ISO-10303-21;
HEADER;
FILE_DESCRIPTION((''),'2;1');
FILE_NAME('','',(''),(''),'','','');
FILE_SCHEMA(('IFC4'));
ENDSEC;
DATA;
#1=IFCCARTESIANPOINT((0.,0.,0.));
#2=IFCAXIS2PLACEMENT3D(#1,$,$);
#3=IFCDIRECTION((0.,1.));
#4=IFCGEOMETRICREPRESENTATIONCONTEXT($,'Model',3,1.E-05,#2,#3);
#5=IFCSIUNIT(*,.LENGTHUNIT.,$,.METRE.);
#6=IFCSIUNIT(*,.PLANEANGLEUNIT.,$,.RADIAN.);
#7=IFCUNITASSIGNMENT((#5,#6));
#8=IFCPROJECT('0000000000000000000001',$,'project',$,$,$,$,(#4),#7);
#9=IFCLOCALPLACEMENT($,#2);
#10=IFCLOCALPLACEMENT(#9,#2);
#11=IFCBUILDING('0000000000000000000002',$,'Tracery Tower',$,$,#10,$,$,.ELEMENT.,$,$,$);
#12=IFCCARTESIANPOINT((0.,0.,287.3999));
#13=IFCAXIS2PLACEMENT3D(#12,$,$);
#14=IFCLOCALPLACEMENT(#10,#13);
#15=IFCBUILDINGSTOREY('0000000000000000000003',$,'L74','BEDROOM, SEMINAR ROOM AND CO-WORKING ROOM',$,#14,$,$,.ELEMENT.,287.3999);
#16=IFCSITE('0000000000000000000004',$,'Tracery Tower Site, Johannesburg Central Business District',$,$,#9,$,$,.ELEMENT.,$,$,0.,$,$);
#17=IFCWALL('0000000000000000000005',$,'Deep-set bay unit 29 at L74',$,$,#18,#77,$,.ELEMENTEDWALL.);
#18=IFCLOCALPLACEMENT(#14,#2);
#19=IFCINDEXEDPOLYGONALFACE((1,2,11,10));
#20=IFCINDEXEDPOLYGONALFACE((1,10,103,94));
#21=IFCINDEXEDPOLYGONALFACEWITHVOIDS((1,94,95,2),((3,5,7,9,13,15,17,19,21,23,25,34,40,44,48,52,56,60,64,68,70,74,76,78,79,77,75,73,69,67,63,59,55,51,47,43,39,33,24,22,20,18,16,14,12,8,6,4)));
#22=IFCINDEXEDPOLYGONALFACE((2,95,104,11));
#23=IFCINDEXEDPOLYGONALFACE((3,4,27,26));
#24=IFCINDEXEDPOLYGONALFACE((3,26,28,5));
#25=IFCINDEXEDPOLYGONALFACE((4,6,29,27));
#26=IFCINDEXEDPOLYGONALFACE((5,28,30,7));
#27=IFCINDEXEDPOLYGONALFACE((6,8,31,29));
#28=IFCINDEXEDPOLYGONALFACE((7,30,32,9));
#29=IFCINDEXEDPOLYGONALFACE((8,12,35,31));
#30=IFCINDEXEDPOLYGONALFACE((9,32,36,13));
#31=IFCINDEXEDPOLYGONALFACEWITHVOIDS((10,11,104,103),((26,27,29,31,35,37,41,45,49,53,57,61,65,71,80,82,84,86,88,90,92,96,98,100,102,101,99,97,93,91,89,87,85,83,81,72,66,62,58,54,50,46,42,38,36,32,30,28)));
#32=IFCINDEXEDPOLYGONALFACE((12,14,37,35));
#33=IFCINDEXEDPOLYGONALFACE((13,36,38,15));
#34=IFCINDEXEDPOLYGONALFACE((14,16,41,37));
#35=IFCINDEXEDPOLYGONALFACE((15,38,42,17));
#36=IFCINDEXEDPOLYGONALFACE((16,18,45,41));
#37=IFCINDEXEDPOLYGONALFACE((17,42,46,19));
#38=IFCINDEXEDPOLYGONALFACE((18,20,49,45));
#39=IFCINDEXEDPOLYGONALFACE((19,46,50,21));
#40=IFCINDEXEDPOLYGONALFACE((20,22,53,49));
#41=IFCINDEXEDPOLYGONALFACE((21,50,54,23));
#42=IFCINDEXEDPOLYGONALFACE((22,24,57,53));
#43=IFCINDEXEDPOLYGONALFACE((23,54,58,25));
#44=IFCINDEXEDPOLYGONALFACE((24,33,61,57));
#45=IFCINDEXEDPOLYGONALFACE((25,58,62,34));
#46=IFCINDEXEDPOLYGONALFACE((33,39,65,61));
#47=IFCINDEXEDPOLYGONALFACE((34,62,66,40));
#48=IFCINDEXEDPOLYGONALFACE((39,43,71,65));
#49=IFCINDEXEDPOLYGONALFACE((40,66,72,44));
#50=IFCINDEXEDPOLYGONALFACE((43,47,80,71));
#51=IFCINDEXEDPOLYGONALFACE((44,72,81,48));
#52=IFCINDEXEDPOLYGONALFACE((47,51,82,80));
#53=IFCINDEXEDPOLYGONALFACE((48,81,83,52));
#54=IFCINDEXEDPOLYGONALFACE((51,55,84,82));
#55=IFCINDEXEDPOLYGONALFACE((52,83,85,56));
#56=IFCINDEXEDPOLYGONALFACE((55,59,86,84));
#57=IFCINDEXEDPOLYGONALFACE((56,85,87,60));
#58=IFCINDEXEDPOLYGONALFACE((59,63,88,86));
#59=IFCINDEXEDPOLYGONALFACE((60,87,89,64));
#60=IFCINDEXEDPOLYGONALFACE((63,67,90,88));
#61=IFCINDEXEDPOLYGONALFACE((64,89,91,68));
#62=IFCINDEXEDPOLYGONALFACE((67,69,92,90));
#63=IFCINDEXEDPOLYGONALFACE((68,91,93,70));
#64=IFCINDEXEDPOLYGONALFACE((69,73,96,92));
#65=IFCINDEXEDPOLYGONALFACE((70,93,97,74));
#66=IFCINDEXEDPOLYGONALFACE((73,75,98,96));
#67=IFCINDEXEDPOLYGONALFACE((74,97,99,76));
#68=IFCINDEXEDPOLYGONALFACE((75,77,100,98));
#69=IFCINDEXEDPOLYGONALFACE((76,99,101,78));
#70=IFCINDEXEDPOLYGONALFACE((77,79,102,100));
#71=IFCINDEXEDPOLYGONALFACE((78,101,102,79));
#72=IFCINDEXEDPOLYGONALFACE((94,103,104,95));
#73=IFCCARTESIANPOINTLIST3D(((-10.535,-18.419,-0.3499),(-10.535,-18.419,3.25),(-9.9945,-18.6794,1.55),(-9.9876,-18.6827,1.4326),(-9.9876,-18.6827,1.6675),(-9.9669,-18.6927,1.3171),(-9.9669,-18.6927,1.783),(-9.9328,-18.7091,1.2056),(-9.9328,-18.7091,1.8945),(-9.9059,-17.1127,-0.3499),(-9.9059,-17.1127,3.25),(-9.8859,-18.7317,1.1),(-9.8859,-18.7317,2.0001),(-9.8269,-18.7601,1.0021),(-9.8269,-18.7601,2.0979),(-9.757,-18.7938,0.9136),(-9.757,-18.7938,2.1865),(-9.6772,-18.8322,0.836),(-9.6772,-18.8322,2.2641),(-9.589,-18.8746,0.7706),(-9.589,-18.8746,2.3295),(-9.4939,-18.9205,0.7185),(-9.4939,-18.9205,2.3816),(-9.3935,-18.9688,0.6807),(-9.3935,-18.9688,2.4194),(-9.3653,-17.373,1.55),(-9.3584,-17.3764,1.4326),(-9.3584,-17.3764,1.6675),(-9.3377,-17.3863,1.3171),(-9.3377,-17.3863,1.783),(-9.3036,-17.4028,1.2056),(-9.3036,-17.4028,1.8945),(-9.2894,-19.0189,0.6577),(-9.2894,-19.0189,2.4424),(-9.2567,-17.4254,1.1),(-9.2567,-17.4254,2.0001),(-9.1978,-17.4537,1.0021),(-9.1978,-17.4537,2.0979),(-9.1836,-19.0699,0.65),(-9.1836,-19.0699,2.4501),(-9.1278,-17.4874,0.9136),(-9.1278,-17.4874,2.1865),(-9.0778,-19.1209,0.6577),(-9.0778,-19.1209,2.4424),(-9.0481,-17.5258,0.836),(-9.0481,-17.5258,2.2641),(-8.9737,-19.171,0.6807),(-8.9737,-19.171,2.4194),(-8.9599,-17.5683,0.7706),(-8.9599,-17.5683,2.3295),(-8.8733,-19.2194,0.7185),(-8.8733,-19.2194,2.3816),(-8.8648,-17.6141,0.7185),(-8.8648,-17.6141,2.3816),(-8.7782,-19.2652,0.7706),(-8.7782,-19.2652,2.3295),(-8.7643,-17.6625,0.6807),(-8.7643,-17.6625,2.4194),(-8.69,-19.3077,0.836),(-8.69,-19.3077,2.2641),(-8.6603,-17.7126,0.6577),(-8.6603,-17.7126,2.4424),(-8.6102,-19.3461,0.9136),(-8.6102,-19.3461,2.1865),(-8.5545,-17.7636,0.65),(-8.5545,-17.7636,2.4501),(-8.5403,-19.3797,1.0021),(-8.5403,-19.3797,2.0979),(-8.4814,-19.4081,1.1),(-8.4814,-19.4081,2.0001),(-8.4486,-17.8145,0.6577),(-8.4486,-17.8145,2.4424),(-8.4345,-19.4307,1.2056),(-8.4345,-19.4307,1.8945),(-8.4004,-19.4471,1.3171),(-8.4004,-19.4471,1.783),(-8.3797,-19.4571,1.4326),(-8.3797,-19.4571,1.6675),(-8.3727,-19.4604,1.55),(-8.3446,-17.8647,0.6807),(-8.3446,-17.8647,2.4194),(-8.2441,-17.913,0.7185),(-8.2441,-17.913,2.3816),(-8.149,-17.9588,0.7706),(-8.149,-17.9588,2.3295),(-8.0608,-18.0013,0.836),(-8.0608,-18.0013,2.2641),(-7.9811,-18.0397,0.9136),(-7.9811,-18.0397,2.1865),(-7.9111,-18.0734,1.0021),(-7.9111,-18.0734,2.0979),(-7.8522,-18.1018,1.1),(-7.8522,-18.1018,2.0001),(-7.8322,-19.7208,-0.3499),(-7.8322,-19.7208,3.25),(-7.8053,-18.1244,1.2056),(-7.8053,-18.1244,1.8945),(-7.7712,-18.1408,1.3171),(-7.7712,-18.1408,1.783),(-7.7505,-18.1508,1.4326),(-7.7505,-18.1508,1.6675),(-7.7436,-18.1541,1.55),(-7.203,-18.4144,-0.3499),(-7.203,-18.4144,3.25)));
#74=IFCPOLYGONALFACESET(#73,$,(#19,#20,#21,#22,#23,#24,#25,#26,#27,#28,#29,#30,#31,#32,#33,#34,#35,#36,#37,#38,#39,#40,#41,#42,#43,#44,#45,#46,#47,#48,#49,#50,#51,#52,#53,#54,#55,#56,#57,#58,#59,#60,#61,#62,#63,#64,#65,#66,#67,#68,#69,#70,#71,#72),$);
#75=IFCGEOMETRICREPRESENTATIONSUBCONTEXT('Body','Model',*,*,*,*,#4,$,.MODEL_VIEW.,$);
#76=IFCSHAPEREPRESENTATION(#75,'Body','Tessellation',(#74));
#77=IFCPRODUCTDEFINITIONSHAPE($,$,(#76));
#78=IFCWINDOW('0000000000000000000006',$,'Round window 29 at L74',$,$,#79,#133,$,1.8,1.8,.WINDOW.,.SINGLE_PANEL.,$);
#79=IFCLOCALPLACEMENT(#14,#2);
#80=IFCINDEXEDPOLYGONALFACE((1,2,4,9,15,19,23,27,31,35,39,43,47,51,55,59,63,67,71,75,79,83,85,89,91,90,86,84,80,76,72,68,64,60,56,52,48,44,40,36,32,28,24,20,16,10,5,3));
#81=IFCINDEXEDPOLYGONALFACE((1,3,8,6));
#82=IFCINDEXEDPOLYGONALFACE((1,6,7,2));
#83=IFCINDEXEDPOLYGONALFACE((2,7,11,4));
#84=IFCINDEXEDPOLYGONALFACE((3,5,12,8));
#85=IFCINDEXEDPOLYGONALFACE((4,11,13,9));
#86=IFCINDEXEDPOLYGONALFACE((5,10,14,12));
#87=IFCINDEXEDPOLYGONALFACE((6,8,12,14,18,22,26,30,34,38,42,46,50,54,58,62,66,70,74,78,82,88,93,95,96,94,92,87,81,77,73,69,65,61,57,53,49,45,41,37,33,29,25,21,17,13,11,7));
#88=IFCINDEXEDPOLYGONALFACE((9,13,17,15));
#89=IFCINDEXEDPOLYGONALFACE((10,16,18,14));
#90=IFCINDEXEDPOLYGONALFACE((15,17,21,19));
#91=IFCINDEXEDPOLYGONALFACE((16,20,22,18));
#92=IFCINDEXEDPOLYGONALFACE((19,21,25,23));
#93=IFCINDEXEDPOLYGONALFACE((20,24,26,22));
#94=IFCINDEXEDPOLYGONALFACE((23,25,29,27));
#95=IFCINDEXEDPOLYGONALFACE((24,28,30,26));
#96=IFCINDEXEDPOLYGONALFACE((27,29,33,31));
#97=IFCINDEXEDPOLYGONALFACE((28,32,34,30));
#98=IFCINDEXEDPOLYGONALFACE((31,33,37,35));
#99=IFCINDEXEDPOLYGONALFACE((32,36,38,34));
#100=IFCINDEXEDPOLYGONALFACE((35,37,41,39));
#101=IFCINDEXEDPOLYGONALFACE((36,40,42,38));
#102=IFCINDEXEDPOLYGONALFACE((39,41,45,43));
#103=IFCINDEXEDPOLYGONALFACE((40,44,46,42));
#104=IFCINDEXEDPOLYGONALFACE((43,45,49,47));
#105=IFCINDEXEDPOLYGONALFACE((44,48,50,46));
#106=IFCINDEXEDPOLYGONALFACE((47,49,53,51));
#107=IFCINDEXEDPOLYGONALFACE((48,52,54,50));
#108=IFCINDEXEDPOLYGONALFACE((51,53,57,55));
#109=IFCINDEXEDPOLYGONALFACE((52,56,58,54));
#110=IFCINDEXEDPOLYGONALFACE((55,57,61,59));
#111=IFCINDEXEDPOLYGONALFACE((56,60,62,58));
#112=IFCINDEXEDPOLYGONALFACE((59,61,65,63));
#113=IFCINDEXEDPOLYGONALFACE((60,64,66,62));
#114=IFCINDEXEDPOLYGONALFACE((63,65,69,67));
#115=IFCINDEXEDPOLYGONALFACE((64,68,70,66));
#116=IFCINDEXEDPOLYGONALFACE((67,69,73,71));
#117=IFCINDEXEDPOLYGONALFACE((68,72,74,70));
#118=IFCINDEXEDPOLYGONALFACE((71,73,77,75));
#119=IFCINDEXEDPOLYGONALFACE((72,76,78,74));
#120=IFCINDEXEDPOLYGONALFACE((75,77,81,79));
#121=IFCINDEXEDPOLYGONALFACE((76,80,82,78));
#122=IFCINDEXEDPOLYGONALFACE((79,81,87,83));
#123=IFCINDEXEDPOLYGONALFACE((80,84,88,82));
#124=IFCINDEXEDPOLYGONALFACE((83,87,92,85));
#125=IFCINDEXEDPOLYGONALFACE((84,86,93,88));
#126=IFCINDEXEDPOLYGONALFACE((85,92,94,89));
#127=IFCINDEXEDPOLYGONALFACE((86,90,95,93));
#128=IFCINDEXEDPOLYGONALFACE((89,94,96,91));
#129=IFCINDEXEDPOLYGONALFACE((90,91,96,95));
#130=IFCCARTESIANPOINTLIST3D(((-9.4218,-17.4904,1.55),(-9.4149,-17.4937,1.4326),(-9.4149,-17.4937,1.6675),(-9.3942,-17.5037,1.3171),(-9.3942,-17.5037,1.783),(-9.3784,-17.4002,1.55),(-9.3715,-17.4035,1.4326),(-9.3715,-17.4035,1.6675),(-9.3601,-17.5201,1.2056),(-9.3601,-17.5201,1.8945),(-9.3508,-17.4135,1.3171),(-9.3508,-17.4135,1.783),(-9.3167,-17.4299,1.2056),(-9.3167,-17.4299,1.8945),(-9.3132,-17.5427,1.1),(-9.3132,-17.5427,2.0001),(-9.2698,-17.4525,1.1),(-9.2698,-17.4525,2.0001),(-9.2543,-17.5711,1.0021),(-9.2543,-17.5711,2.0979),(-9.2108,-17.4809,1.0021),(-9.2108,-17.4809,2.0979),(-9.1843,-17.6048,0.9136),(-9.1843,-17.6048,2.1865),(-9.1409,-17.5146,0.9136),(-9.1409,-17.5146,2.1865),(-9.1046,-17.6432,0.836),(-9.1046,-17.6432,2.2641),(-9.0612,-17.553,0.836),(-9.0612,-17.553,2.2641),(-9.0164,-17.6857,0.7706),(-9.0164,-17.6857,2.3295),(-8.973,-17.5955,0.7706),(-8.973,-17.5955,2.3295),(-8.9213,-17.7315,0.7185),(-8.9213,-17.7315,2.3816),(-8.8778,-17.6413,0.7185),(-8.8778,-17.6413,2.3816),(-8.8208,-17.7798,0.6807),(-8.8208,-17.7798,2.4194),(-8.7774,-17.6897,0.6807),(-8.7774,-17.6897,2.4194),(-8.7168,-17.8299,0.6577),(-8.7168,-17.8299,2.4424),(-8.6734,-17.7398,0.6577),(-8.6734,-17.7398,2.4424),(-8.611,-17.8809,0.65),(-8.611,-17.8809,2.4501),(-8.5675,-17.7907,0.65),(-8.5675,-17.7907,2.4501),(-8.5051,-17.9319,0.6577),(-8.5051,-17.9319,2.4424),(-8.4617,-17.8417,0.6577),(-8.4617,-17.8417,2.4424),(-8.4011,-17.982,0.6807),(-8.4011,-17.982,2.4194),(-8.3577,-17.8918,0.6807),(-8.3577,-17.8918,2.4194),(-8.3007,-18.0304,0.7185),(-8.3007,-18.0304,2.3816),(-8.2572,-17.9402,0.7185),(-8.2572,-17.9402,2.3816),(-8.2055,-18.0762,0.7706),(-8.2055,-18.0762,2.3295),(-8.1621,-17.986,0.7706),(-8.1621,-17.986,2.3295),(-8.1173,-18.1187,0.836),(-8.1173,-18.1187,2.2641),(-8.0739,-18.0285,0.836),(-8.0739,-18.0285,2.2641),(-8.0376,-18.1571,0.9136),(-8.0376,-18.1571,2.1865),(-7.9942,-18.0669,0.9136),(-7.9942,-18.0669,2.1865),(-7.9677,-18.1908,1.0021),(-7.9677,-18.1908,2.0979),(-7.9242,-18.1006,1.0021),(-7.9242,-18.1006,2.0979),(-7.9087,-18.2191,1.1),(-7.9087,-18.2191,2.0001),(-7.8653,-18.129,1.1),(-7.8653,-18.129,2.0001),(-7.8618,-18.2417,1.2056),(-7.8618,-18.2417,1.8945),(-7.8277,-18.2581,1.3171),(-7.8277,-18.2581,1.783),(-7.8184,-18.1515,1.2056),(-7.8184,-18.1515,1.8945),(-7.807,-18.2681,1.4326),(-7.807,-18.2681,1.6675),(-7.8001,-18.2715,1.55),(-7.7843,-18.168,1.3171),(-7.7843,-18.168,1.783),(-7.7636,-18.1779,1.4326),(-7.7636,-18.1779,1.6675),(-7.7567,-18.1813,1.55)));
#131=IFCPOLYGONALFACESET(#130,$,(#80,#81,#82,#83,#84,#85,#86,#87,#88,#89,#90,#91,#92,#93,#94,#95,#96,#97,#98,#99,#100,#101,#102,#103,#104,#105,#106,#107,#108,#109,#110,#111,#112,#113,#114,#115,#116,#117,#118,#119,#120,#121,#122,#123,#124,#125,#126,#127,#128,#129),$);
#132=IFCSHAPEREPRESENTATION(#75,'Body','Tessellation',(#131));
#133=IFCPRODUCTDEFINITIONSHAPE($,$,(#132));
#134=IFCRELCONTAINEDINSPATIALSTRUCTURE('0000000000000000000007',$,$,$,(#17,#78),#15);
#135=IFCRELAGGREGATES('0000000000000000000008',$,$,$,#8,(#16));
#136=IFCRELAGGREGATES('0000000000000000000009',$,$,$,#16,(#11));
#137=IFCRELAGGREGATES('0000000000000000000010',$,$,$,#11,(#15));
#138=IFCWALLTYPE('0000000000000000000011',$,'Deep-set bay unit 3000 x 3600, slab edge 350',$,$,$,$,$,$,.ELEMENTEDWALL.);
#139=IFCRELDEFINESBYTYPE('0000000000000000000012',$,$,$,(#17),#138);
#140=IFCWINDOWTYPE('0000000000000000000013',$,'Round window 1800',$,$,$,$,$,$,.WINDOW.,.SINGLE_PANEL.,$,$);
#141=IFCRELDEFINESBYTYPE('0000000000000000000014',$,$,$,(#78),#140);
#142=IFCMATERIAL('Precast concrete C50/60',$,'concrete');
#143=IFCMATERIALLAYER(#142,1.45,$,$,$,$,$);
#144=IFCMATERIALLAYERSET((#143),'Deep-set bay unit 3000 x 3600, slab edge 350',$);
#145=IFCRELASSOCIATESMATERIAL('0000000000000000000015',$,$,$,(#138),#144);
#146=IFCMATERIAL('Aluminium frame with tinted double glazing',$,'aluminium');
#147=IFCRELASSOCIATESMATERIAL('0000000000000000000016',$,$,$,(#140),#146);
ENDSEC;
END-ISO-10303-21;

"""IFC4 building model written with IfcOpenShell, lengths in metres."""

from ifc_helpers import new_model, si_unit, direction, frame, frame_2d, origin, origin_2d, place, context, subcontext, project, spatial, rectangle, circle, extrude, material, layer, layer_set, type_object, element, fill, save


model = new_model("IFC4")

# Units and contexts
model_context = context("Model", 3, precision=1e-05, world=origin(), true_north=direction((0.0, 1.0)))
body_context = subcontext(model_context, "Body", "Model", "MODEL_VIEW")
ifc_project = project(units=[si_unit("LENGTHUNIT", "METRE"), si_unit("PLANEANGLEUNIT", "RADIAN")], contexts=[model_context])

# Site, building, storey
site_placement = place(None, origin())
site = spatial("IfcSite", under=ifc_project, at=site_placement, Name="Tracery Tower Site, Johannesburg Central Business District", CompositionType="ELEMENT", RefElevation=0.0)
building_placement = place(site_placement, origin())
building = spatial("IfcBuilding", under=site, at=building_placement, Name="Tracery Tower", CompositionType="ELEMENT")
storey_placement = place(building_placement, frame((0.0, 0.0, 287.3999)))
storey = spatial("IfcBuildingStorey", under=building, at=storey_placement, Name="L74", Description="BEDROOM, SEMINAR ROOM AND CO-WORKING ROOM", CompositionType="ELEMENT", Elevation=287.3999)

# Wall, opening, window
ifc_material_1 = material(Name="Precast concrete C50/60", Category="concrete")
ifc_layer_1 = layer(ifc_material_1, 1.45)
ifc_layer_set_1 = layer_set([ifc_layer_1], Name="Deep-set bay unit 3000 x 3600, slab edge 350")
wall_type_1 = type_object("IfcWallType", Name="Deep-set bay unit 3000 x 3600, slab edge 350", PredefinedType="ELEMENTEDWALL", material=ifc_layer_set_1)
ifc_material_2 = material(Name="Aluminium frame with tinted double glazing", Category="aluminium")
window_type = type_object("IfcWindowType", Name="Round window 1800", PartitioningType="SINGLE_PANEL", PredefinedType="WINDOW", material=ifc_material_2)
wall_1_placement = place(storey_placement, frame((-10.2205, -17.7659, -0.3499), z_axis=(0.0, 0.0, 1.0), x_axis=(0.900953, -0.433916, 0.0)))
wall_1 = element("IfcWall", 1, at=wall_1_placement, inside=storey, type_object=wall_type_1, Name="Deep-set bay unit 29 at L74", PredefinedType="ELEMENTEDWALL", context=body_context, shape_type="SweptSolid", body=[
    extrude(rectangle(XDim=3.0, YDim=1.45, at=frame_2d((1.5, 0.0))), origin(), (0.0, 0.0, 1.0), 3.5999),
])
opening_1_placement = place(wall_1_placement, frame((1.5, 0.0, 1.8999)))
opening_1 = element("IfcOpeningElement", 2, at=opening_1_placement, cuts=wall_1, PredefinedType="OPENING", context=body_context, shape_type="SweptSolid", body=[
    extrude(circle(Radius=0.9, at=origin_2d()), frame((0.0, 0.7349, 0.0), z_axis=(0.0, -1.0, 0.0), x_axis=(1.0, 0.0, 0.0)), (0.0, 0.0, 1.0), 1.47),
])
window_1_placement = place(opening_1_placement, origin())
window_1 = element("IfcWindow", 3, at=window_1_placement, inside=storey, type_object=window_type, Name="Round window 29 at L74", OverallHeight=1.8, OverallWidth=1.8, PartitioningType="SINGLE_PANEL", PredefinedType="WINDOW", context=body_context, shape_type="SweptSolid", body=[
    extrude(circle(Radius=0.9, at=origin_2d()), frame((0.0, 0.6948, 0.0), z_axis=(0.0, -1.0, 0.0), x_axis=(1.0, 0.0, 0.0)), (0.0, 0.0, 1.0), 0.1001),
])
fill(opening_1, window_1)

save(model, "model.ifc")
